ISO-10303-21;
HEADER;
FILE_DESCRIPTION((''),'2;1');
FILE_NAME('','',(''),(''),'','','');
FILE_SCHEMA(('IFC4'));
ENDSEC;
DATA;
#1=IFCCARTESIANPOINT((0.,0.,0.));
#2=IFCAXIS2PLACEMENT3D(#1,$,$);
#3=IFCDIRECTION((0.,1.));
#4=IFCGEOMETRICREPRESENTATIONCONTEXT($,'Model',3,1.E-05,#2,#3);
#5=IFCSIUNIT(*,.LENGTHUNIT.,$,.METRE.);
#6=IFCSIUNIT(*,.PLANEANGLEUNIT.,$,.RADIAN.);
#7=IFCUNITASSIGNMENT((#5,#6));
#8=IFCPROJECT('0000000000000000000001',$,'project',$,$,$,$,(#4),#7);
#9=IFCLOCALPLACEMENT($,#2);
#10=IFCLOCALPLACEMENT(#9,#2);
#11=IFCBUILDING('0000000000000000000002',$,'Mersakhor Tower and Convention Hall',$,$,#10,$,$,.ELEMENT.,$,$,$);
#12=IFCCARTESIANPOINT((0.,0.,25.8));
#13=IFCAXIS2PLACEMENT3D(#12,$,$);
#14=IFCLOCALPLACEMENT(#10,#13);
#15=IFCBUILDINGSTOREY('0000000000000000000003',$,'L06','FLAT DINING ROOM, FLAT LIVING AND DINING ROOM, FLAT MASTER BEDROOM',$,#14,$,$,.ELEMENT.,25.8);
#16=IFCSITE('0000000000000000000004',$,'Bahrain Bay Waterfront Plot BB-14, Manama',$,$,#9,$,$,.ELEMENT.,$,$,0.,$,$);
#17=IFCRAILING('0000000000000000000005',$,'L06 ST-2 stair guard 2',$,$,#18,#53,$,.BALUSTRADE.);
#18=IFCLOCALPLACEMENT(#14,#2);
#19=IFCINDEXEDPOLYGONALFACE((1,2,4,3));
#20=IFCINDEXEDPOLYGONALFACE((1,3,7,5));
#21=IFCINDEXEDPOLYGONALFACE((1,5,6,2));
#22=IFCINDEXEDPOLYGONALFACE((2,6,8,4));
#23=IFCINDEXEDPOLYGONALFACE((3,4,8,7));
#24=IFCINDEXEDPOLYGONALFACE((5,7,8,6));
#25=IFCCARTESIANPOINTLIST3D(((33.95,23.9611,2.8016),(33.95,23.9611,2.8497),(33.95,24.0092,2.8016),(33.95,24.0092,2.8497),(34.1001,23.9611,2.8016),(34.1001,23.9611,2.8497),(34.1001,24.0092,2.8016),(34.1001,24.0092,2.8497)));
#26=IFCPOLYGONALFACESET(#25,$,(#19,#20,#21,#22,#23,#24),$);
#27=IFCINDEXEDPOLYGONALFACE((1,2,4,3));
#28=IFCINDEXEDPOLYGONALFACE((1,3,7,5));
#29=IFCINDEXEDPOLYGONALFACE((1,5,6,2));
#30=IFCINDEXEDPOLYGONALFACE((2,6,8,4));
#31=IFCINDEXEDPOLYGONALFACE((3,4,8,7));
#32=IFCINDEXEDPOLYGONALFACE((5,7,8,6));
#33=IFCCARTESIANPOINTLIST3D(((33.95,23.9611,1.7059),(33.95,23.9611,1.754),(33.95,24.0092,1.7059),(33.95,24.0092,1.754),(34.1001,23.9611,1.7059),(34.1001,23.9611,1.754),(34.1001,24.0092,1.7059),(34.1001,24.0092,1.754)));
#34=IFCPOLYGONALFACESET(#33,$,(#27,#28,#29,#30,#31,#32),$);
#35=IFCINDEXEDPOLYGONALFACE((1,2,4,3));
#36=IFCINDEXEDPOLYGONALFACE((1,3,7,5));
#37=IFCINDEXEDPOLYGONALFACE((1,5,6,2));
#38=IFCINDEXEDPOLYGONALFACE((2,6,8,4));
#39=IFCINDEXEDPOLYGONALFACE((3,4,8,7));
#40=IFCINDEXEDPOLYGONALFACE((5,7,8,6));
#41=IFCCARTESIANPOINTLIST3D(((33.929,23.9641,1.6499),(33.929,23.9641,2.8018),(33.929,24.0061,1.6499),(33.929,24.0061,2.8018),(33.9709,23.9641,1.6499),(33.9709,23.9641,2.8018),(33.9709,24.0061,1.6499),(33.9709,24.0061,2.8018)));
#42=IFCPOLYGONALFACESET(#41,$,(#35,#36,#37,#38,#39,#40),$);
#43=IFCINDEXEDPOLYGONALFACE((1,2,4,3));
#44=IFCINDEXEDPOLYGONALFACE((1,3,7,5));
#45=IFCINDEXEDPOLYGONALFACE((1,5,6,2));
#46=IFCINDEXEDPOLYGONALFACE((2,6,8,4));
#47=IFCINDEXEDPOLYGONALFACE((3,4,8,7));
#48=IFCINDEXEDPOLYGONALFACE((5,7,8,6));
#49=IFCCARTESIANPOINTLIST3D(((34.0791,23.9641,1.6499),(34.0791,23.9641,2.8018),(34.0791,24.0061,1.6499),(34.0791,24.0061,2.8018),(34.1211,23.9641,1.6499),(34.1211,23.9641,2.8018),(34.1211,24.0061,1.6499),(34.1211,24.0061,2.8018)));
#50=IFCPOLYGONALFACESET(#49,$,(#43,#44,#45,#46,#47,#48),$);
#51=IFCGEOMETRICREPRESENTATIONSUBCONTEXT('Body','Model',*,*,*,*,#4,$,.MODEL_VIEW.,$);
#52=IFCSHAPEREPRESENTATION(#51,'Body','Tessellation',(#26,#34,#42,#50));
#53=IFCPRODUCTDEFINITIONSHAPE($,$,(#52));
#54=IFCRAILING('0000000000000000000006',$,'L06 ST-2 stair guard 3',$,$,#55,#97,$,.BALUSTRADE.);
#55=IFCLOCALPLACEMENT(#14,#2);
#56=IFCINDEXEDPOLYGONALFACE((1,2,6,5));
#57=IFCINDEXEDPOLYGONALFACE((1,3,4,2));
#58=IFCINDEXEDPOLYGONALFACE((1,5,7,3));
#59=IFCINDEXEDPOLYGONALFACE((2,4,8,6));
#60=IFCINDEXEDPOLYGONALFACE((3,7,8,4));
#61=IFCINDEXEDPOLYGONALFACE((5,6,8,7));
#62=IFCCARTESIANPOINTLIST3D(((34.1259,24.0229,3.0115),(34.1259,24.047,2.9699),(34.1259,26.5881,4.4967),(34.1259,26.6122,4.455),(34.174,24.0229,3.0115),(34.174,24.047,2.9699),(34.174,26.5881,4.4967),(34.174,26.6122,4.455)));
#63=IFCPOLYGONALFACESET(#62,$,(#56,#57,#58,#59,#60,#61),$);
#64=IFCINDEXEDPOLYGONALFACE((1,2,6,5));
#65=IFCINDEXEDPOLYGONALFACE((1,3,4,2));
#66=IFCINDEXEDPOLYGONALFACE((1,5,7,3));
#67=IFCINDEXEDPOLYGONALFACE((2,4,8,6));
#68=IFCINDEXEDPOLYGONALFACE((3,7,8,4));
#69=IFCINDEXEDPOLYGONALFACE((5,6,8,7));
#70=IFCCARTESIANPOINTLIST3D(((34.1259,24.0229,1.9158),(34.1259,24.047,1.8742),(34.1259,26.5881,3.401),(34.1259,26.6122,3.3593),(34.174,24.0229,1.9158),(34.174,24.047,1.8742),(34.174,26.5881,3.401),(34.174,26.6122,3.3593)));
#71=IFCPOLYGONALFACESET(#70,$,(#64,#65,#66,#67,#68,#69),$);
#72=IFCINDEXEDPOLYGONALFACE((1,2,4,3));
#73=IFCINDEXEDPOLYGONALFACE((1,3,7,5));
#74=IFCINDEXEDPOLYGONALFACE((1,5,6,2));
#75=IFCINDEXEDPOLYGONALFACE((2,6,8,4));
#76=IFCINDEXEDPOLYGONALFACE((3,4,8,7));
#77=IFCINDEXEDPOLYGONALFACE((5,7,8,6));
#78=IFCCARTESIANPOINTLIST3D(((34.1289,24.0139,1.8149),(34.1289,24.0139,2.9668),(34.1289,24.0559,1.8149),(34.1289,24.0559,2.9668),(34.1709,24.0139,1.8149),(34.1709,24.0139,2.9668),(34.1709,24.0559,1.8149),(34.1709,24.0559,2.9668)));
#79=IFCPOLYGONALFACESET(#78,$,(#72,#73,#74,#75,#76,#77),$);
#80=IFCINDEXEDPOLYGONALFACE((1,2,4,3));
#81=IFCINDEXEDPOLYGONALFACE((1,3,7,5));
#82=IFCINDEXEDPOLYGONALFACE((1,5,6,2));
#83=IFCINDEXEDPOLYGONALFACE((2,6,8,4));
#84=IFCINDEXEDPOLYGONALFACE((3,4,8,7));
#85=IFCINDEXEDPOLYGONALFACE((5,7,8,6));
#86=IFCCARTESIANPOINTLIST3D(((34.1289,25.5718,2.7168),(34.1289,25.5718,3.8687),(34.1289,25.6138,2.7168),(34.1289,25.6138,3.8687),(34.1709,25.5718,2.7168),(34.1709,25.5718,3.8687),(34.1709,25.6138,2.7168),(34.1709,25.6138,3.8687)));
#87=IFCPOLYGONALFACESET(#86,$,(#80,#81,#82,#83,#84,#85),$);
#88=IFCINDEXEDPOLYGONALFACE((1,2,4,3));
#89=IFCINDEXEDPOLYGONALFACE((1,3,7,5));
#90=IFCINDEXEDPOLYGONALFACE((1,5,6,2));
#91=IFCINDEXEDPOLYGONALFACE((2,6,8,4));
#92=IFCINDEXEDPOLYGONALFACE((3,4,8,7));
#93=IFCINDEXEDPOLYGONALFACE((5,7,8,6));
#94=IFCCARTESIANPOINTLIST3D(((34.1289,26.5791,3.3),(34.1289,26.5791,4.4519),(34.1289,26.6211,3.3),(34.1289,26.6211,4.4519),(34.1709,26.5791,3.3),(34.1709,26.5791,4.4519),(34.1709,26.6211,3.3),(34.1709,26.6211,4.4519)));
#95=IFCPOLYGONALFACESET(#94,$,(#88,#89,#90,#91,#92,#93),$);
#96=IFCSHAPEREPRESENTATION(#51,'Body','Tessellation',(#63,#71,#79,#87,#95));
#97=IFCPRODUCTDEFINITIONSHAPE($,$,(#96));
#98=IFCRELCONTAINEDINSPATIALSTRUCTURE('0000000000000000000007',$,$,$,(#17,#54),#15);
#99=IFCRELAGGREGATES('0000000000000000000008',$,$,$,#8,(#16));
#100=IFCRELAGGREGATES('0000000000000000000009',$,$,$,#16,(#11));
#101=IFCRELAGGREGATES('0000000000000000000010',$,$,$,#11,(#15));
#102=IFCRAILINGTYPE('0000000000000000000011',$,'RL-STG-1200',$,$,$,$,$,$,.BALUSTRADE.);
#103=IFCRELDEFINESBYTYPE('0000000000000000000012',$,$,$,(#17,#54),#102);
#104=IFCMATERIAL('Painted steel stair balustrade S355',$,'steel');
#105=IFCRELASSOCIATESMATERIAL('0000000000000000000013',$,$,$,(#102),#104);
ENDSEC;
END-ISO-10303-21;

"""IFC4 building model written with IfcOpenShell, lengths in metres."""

from ifc_helpers import new_model, si_unit, direction, frame, origin, origin_2d, place, context, subcontext, project, spatial, rectangle, extrude, material, type_object, element, save


model = new_model("IFC4")

# Units and contexts
model_context = context("Model", 3, precision=1e-05, world=origin(), true_north=direction((0.0, 1.0)))
body_context = subcontext(model_context, "Body", "Model", "MODEL_VIEW")
ifc_project = project(units=[si_unit("LENGTHUNIT", "METRE"), si_unit("PLANEANGLEUNIT", "RADIAN")], contexts=[model_context])

# Site, building, storey
site_placement = place(None, origin())
site = spatial("IfcSite", under=ifc_project, at=site_placement, Name="Bahrain Bay Waterfront Plot BB-14, Manama", CompositionType="ELEMENT", RefElevation=0.0)
building_placement = place(site_placement, origin())
building = spatial("IfcBuilding", under=site, at=building_placement, Name="Mersakhor Tower and Convention Hall", CompositionType="ELEMENT")
storey_placement = place(building_placement, frame((0.0, 0.0, 25.8)))
storey = spatial("IfcBuildingStorey", under=building, at=storey_placement, Name="L06", Description="FLAT DINING ROOM, FLAT LIVING AND DINING ROOM, FLAT MASTER BEDROOM", CompositionType="ELEMENT", Elevation=25.8)

# Railings
ifc_material_1 = material(Name="Painted steel stair balustrade S355", Category="steel")
railing_type_1 = type_object("IfcRailingType", Name="RL-STG-1200", PredefinedType="BALUSTRADE", material=ifc_material_1)
railing_1_placement = place(storey_placement, frame((33.95, 23.9851, 1.6499)))
element("IfcRailing", 1, at=railing_1_placement, inside=storey, type_object=railing_type_1, Name="L06 ST-2 stair guard 2", PredefinedType="BALUSTRADE", context=body_context, shape_type="SweptSolid", body=[
    extrude(rectangle(XDim=0.0481, YDim=0.0481, at=origin_2d()), frame((0.0, 0.0, 1.1758), z_axis=(1.0, 0.0, 0.0), x_axis=(0.0, 1.0, 0.0)), (0.0, 0.0, 1.0), 0.1501),
    extrude(rectangle(XDim=0.0481, YDim=0.0481, at=origin_2d()), frame((0.0, 0.0, 0.0801), z_axis=(1.0, 0.0, 0.0), x_axis=(0.0, 1.0, 0.0)), (0.0, 0.0, 1.0), 0.1501),
    extrude(rectangle(XDim=0.042, YDim=0.042, at=origin_2d()), origin(), (0.0, 0.0, 1.0), 1.1519),
    extrude(rectangle(XDim=0.042, YDim=0.042, at=origin_2d()), frame((0.1501, 0.0, 0.0)), (0.0, 0.0, 1.0), 1.1519),
])
railing_2_placement = place(storey_placement, frame((34.1499, 24.0349, 1.8149)))
element("IfcRailing", 2, at=railing_2_placement, inside=storey, type_object=railing_type_1, Name="L06 ST-2 stair guard 3", PredefinedType="BALUSTRADE", context=body_context, shape_type="SweptSolid", body=[
    extrude(rectangle(XDim=0.0481, YDim=0.0481, at=origin_2d()), frame((0.0, 0.0, 1.1758), z_axis=(0.0, 0.865426, 0.501036), x_axis=(-1.0, 0.0, 0.0)), (0.0, 0.0, 1.0), 2.9641),
    extrude(rectangle(XDim=0.0481, YDim=0.0481, at=origin_2d()), frame((0.0, 0.0, 0.0801), z_axis=(0.0, 0.865426, 0.501036), x_axis=(-1.0, 0.0, 0.0)), (0.0, 0.0, 1.0), 2.9641),
    extrude(rectangle(XDim=0.042, YDim=0.042, at=origin_2d()), origin(), (0.0, 0.0, 1.0), 1.1519),
    extrude(rectangle(XDim=0.042, YDim=0.042, at=origin_2d()), frame((0.0, 1.5579, 0.9019)), (0.0, 0.0, 1.0), 1.1519),
    extrude(rectangle(XDim=0.042, YDim=0.042, at=origin_2d()), frame((0.0, 2.5652, 1.4851)), (0.0, 0.0, 1.0), 1.1519),
])

save(model, "model.ifc")
